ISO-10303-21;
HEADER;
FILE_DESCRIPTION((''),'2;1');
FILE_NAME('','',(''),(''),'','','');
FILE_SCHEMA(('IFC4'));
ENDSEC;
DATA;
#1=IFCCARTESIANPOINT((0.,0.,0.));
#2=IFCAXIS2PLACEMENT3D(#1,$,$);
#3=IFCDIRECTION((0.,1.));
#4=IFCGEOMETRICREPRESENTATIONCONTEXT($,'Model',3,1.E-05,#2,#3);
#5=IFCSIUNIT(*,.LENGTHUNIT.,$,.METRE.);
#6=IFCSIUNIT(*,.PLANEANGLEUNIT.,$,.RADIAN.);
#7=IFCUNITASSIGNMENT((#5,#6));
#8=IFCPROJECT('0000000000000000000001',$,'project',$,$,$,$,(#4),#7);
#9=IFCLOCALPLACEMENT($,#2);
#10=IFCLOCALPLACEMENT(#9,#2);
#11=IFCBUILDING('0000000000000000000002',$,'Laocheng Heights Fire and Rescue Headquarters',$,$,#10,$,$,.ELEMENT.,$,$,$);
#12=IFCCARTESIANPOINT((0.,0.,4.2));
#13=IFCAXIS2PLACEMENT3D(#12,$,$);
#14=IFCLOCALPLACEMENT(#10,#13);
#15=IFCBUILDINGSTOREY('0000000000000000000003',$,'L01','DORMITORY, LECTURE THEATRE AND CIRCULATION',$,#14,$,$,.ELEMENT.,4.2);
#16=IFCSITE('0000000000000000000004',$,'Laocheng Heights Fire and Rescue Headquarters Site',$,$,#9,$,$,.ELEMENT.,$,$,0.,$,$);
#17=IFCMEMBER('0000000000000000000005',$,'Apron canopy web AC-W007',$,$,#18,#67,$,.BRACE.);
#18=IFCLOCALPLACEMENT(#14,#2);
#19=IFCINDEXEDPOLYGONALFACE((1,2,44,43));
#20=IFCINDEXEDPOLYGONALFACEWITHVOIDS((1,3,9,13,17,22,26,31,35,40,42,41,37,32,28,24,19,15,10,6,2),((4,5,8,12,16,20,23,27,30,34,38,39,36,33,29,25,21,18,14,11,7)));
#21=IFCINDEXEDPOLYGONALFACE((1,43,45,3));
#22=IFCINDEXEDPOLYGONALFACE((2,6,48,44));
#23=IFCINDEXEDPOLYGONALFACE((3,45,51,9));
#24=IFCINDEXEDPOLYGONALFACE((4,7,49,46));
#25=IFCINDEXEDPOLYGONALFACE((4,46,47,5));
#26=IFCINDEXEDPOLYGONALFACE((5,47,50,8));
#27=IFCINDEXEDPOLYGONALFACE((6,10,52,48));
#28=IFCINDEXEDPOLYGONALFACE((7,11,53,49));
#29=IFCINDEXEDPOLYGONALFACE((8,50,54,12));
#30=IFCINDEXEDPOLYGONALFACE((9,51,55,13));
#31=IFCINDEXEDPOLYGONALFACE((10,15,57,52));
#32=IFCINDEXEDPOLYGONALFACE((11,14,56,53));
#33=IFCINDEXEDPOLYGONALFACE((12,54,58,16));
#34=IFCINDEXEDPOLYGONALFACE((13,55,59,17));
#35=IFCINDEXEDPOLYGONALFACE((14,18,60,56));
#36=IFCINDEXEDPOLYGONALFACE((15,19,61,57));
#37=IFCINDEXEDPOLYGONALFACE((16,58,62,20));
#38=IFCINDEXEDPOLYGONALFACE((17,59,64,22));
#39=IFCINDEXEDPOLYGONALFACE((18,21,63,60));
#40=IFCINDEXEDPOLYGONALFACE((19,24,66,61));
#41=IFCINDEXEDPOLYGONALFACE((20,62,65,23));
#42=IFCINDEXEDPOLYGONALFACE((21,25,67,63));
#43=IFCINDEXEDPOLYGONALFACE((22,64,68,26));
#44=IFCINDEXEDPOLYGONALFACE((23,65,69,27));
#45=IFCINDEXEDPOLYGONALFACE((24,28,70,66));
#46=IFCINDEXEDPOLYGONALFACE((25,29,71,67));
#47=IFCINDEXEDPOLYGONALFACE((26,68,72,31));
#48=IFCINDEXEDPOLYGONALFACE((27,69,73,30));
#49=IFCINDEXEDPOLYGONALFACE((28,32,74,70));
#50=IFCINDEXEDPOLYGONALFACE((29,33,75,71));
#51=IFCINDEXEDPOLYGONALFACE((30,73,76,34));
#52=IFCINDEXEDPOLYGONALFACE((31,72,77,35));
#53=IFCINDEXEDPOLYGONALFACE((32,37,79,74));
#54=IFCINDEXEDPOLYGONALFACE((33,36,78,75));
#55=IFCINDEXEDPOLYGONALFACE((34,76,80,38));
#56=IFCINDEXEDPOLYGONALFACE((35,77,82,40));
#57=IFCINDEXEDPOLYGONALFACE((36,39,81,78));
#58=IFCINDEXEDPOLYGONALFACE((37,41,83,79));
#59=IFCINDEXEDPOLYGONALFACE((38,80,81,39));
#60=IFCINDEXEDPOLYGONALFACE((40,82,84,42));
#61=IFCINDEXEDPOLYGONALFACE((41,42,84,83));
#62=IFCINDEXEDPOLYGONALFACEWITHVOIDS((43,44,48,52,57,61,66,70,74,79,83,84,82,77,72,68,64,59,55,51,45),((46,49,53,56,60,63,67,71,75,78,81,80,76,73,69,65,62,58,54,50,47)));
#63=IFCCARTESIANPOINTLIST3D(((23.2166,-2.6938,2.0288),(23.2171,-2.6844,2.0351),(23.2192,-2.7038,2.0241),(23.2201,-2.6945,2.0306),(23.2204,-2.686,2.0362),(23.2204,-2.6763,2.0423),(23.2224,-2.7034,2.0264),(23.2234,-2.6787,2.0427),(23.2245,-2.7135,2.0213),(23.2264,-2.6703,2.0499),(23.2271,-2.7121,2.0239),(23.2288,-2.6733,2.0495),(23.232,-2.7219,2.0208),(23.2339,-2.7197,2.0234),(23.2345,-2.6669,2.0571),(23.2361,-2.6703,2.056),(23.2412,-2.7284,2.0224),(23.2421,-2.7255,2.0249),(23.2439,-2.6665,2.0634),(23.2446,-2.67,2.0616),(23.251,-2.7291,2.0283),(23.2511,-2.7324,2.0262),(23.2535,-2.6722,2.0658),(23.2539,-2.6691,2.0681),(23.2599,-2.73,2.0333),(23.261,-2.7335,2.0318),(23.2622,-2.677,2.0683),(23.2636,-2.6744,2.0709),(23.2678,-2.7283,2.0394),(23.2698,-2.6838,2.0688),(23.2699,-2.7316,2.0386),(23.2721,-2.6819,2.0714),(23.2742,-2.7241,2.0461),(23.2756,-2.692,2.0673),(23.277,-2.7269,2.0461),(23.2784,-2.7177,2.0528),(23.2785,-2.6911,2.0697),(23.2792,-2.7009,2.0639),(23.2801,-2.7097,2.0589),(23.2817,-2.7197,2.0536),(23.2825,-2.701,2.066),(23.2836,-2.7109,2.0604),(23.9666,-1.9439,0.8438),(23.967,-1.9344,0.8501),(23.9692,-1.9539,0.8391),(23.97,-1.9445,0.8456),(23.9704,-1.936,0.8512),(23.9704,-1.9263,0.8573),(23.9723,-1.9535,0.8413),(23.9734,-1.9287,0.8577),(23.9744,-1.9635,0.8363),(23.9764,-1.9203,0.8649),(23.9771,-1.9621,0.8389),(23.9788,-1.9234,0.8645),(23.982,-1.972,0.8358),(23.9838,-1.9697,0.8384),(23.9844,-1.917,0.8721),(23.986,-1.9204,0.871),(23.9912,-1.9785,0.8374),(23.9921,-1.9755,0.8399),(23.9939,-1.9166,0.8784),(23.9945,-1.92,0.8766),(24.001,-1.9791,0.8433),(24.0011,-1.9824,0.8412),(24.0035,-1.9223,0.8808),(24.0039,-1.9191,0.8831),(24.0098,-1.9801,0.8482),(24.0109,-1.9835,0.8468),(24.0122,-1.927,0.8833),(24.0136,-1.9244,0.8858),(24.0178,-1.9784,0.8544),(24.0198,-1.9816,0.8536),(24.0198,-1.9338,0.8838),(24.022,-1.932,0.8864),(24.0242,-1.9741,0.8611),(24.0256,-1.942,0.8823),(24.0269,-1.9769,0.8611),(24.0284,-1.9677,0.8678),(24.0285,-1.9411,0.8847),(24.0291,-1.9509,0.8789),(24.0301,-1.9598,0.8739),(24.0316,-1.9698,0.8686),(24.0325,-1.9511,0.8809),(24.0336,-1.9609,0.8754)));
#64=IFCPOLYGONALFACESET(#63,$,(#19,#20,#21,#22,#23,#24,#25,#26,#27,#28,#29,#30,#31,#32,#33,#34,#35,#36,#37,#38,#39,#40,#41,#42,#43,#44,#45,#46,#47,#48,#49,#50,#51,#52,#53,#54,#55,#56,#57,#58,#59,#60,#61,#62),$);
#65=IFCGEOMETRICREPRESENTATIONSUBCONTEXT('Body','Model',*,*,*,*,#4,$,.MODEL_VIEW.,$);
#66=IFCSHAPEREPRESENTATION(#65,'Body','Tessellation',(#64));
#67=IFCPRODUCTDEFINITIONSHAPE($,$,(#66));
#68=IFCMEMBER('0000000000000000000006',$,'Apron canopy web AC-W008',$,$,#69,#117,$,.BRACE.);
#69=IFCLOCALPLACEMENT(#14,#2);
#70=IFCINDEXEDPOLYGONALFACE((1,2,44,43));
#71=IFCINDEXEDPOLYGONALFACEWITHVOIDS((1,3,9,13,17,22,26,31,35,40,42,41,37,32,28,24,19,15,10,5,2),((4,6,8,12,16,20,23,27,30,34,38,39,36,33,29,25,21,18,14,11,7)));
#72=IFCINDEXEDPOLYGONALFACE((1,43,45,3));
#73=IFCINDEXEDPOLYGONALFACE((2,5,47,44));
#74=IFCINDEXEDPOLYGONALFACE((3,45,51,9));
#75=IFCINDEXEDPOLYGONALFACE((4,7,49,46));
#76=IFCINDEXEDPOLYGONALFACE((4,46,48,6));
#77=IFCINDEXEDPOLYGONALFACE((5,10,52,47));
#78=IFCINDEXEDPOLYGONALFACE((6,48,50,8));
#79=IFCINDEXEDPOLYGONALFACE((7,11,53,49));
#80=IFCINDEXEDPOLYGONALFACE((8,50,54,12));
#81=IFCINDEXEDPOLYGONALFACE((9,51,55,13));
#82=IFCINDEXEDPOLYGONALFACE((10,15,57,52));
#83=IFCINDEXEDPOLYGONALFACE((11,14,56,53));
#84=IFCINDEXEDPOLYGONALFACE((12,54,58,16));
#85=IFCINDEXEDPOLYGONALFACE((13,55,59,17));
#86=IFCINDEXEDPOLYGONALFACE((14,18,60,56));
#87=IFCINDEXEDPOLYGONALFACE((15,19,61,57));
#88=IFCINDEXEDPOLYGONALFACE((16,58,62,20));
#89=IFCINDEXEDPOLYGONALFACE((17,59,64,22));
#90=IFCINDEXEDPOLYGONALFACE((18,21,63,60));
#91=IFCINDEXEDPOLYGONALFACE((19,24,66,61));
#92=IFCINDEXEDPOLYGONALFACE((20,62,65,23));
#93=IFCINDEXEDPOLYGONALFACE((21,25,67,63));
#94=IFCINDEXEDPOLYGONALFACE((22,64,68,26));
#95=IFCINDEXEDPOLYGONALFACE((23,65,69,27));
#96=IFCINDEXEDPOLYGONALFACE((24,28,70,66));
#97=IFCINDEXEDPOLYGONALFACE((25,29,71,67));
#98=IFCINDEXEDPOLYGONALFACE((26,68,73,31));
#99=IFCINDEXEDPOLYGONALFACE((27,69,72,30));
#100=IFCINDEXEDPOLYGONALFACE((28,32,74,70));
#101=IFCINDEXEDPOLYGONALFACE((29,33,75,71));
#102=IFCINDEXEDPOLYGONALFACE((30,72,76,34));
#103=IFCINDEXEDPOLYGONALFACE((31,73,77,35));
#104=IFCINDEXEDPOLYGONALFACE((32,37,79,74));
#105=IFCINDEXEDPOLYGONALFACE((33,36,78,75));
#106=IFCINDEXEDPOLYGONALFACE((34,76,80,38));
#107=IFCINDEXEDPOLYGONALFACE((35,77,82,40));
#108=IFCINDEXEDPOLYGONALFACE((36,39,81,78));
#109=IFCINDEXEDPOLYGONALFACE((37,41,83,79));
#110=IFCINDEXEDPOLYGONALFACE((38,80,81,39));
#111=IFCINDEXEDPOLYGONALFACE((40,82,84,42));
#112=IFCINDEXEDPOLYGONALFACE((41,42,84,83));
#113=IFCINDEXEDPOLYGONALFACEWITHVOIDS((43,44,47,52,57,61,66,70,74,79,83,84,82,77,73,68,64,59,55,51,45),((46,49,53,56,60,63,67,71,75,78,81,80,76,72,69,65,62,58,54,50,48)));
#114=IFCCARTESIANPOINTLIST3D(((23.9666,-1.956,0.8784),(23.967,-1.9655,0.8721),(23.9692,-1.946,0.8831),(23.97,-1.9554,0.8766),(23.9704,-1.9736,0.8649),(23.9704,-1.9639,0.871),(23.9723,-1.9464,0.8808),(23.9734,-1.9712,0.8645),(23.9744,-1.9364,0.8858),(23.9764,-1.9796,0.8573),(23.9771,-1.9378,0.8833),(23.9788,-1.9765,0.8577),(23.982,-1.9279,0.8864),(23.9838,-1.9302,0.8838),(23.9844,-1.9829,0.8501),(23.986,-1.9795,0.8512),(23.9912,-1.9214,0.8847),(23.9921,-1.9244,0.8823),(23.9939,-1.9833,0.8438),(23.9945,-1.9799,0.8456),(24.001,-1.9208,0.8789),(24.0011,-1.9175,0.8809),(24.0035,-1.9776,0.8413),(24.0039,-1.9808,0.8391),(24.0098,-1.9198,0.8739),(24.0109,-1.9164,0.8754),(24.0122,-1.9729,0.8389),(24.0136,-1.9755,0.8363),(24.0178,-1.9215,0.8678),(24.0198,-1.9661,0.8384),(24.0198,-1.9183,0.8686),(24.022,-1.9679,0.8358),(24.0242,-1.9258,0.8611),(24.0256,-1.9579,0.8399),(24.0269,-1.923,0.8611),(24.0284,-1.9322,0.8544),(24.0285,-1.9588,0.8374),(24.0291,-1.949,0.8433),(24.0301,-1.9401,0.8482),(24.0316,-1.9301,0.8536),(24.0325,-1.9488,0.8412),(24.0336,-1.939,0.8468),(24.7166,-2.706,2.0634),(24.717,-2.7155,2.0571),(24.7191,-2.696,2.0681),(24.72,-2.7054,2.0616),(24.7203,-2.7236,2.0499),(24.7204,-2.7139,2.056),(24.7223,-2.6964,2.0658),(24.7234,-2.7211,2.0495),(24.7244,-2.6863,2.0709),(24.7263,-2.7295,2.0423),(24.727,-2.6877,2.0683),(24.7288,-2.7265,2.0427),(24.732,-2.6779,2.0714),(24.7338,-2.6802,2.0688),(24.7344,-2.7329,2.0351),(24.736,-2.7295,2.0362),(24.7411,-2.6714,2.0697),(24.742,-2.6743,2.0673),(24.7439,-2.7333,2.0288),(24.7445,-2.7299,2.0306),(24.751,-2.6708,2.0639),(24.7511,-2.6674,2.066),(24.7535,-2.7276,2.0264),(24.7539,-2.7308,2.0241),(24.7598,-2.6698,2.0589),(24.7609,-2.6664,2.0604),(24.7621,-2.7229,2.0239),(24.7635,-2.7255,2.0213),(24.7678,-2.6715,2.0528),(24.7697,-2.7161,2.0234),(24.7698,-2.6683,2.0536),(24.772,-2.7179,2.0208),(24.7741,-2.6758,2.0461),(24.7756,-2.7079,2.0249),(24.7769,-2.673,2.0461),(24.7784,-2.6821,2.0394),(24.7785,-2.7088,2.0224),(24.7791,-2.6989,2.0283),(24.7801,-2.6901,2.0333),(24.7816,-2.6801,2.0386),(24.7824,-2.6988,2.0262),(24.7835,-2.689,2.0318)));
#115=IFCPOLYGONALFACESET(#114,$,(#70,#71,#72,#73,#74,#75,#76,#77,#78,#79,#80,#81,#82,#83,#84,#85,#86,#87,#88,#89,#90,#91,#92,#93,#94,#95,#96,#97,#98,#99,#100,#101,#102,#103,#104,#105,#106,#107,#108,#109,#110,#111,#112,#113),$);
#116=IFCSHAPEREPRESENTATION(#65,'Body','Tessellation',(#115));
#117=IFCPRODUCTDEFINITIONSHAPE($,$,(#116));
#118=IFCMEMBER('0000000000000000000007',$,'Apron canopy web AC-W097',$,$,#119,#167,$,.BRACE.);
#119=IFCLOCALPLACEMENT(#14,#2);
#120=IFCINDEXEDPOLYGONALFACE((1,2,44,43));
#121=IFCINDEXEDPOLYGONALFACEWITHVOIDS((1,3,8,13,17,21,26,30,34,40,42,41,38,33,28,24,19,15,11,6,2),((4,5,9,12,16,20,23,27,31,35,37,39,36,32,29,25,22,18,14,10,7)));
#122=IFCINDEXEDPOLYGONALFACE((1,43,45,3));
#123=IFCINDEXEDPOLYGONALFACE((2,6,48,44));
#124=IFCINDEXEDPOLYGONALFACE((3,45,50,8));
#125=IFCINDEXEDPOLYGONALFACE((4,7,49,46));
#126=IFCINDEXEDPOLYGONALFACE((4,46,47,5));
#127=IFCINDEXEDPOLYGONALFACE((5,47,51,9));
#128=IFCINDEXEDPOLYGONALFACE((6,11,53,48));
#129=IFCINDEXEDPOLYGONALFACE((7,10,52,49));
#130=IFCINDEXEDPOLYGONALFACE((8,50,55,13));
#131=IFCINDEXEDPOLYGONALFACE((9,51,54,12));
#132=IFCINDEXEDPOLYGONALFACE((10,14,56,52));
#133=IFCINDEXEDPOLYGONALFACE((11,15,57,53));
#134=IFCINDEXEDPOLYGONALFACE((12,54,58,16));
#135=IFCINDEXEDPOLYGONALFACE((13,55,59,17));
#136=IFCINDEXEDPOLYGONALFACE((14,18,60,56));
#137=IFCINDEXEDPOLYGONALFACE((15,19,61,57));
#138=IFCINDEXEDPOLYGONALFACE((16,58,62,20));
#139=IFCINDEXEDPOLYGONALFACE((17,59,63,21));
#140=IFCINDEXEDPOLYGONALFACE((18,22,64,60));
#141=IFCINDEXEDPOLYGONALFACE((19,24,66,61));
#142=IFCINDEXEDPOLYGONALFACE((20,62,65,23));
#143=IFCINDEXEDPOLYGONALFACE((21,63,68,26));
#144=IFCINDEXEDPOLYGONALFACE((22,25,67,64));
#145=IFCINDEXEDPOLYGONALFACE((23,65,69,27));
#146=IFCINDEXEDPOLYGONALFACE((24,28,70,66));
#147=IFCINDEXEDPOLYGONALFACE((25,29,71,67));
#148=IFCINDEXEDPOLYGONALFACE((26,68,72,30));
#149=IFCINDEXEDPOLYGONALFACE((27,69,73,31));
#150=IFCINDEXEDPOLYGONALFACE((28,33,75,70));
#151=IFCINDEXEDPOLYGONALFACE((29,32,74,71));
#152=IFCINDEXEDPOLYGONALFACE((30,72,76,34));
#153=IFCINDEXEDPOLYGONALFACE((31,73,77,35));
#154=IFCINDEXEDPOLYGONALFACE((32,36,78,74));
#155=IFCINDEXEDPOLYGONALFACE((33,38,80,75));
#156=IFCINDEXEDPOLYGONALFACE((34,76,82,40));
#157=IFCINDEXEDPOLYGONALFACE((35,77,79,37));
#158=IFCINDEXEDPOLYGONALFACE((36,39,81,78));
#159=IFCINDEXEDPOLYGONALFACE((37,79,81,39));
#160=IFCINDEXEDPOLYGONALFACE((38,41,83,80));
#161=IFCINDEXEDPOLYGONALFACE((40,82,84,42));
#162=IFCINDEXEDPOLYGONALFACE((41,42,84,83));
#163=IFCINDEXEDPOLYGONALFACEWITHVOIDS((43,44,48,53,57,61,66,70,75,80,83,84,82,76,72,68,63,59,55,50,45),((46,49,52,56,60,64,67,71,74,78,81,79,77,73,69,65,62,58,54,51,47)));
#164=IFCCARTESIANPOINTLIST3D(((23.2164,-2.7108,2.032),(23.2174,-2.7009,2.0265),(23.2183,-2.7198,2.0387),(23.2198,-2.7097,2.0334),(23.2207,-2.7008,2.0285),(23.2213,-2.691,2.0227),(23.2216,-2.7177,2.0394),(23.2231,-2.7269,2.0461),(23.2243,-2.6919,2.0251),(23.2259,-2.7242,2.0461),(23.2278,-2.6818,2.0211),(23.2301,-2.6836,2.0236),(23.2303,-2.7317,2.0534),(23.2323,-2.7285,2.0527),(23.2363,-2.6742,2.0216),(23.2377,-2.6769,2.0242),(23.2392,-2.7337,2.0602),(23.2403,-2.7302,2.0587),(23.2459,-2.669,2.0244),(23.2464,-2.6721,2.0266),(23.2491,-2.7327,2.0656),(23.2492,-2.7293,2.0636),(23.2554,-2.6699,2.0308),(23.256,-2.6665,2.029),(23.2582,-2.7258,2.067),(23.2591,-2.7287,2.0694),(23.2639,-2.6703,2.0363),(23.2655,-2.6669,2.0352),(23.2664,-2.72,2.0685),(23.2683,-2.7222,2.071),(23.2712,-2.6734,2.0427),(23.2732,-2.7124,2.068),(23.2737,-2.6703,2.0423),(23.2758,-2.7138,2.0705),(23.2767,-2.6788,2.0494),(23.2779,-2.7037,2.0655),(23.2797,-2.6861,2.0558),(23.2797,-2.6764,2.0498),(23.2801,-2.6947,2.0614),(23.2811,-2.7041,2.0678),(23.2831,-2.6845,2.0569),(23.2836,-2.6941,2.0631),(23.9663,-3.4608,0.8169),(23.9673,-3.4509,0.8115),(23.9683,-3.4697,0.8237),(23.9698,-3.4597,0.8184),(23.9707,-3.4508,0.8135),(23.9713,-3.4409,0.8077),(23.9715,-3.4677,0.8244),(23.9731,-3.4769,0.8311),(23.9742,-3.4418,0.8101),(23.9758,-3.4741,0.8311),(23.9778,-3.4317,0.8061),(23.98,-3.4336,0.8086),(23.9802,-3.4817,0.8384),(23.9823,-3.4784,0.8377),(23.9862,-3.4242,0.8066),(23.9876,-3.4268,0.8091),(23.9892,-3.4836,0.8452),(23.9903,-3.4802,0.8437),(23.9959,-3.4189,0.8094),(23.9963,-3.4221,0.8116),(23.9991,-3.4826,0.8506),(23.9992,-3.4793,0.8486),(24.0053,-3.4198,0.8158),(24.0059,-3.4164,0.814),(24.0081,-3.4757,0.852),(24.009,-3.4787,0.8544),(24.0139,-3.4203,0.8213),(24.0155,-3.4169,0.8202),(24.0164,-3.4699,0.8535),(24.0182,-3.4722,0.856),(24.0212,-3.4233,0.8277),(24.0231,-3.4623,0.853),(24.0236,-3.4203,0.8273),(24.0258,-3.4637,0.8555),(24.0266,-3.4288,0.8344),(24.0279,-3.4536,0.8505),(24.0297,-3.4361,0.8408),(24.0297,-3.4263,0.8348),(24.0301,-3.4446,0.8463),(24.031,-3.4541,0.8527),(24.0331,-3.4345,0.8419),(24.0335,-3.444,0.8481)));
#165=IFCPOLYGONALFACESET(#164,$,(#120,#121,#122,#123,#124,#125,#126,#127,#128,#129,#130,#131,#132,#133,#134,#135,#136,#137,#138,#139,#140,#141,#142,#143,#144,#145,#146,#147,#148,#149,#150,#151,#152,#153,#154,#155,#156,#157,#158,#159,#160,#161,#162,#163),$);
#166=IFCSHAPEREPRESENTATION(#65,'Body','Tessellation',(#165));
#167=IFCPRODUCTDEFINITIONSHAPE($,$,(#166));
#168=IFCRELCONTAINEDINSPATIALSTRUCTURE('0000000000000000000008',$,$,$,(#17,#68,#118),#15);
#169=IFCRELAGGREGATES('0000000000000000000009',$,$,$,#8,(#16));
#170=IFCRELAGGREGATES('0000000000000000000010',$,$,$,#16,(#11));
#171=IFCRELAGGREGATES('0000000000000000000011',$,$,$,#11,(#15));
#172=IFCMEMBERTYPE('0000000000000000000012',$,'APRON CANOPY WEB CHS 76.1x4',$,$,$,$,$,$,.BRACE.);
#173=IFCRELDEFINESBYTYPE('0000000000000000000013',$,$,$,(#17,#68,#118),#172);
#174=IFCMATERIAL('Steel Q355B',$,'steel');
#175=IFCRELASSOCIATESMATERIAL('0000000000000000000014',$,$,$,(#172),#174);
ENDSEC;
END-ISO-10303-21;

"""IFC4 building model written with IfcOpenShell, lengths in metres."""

from ifc_helpers import new_model, si_unit, direction, frame, origin, origin_2d, place, context, subcontext, project, spatial, hollow_circle, extrude, material, material_profile, profile_set, type_object, element, save


model = new_model("IFC4")

# Units and contexts
model_context = context("Model", 3, precision=1e-05, world=origin(), true_north=direction((0.0, 1.0)))
body_context = subcontext(model_context, "Body", "Model", "MODEL_VIEW")
ifc_project = project(units=[si_unit("LENGTHUNIT", "METRE"), si_unit("PLANEANGLEUNIT", "RADIAN")], contexts=[model_context])

# Site, building, storey
site_placement = place(None, origin())
site = spatial("IfcSite", under=ifc_project, at=site_placement, Name="Laocheng Heights Fire and Rescue Headquarters Site", CompositionType="ELEMENT", RefElevation=0.0)
building_placement = place(site_placement, origin())
building = spatial("IfcBuilding", under=site, at=building_placement, Name="Laocheng Heights Fire and Rescue Headquarters", CompositionType="ELEMENT")
storey_placement = place(building_placement, frame((0.0, 0.0, 4.2)))
storey = spatial("IfcBuildingStorey", under=building, at=storey_placement, Name="L01", Description="DORMITORY, LECTURE THEATRE AND CIRCULATION", CompositionType="ELEMENT", Elevation=4.2)

# Members
ifc_material_1 = material(Name="Steel Q355B", Category="steel")
ifc_material_profile_1 = material_profile(ifc_material_1, hollow_circle(Radius=0.0381, WallThickness=0.0039, at=origin_2d()), Name="CHS 76.1x4")
ifc_profile_set_1 = profile_set([ifc_material_profile_1], Name="Steel Q355B")
member_type_1 = type_object("IfcMemberType", Name="APRON CANOPY WEB CHS 76.1x4", PredefinedType="BRACE", material=ifc_profile_set_1)
for number, where, z_axis, x_axis, name in (
    (1, (24.0, -1.95, 0.8611), (-0.47158, -0.47158, 0.745134), (0.707107, -0.707107, 0.0), "Apron canopy web AC-W007"),
    (2, (24.0, -1.95, 0.8611), (0.47158, -0.47158, 0.745134), (0.707107, 0.707107, 0.0), "Apron canopy web AC-W008"),
):
    element("IfcMember", number, at=place(storey_placement, frame(where, z_axis=z_axis, x_axis=x_axis)), inside=storey, type_object=member_type_1, Name=name, PredefinedType="BRACE", context=body_context, shape_type="SweptSolid", body=[
        extrude(hollow_circle(Radius=0.0381, WallThickness=0.0039, at=origin_2d()), origin(), (0.0, 0.0, 1.0), 1.5903),
    ])
for number, where, z_axis, x_axis, name in (
    (3, (24.0, -3.45, 0.8311), (-0.465002, 0.465002, 0.753357), (-0.707107, -0.707107, 0.0), "Apron canopy web AC-W097"),
):
    element("IfcMember", number, at=place(storey_placement, frame(where, z_axis=z_axis, x_axis=x_axis)), inside=storey, type_object=member_type_1, Name=name, PredefinedType="BRACE", context=body_context, shape_type="SweptSolid", body=[
        extrude(hollow_circle(Radius=0.0381, WallThickness=0.0039, at=origin_2d()), origin(), (0.0, 0.0, 1.0), 1.6128),
    ])

save(model, "model.ifc")
